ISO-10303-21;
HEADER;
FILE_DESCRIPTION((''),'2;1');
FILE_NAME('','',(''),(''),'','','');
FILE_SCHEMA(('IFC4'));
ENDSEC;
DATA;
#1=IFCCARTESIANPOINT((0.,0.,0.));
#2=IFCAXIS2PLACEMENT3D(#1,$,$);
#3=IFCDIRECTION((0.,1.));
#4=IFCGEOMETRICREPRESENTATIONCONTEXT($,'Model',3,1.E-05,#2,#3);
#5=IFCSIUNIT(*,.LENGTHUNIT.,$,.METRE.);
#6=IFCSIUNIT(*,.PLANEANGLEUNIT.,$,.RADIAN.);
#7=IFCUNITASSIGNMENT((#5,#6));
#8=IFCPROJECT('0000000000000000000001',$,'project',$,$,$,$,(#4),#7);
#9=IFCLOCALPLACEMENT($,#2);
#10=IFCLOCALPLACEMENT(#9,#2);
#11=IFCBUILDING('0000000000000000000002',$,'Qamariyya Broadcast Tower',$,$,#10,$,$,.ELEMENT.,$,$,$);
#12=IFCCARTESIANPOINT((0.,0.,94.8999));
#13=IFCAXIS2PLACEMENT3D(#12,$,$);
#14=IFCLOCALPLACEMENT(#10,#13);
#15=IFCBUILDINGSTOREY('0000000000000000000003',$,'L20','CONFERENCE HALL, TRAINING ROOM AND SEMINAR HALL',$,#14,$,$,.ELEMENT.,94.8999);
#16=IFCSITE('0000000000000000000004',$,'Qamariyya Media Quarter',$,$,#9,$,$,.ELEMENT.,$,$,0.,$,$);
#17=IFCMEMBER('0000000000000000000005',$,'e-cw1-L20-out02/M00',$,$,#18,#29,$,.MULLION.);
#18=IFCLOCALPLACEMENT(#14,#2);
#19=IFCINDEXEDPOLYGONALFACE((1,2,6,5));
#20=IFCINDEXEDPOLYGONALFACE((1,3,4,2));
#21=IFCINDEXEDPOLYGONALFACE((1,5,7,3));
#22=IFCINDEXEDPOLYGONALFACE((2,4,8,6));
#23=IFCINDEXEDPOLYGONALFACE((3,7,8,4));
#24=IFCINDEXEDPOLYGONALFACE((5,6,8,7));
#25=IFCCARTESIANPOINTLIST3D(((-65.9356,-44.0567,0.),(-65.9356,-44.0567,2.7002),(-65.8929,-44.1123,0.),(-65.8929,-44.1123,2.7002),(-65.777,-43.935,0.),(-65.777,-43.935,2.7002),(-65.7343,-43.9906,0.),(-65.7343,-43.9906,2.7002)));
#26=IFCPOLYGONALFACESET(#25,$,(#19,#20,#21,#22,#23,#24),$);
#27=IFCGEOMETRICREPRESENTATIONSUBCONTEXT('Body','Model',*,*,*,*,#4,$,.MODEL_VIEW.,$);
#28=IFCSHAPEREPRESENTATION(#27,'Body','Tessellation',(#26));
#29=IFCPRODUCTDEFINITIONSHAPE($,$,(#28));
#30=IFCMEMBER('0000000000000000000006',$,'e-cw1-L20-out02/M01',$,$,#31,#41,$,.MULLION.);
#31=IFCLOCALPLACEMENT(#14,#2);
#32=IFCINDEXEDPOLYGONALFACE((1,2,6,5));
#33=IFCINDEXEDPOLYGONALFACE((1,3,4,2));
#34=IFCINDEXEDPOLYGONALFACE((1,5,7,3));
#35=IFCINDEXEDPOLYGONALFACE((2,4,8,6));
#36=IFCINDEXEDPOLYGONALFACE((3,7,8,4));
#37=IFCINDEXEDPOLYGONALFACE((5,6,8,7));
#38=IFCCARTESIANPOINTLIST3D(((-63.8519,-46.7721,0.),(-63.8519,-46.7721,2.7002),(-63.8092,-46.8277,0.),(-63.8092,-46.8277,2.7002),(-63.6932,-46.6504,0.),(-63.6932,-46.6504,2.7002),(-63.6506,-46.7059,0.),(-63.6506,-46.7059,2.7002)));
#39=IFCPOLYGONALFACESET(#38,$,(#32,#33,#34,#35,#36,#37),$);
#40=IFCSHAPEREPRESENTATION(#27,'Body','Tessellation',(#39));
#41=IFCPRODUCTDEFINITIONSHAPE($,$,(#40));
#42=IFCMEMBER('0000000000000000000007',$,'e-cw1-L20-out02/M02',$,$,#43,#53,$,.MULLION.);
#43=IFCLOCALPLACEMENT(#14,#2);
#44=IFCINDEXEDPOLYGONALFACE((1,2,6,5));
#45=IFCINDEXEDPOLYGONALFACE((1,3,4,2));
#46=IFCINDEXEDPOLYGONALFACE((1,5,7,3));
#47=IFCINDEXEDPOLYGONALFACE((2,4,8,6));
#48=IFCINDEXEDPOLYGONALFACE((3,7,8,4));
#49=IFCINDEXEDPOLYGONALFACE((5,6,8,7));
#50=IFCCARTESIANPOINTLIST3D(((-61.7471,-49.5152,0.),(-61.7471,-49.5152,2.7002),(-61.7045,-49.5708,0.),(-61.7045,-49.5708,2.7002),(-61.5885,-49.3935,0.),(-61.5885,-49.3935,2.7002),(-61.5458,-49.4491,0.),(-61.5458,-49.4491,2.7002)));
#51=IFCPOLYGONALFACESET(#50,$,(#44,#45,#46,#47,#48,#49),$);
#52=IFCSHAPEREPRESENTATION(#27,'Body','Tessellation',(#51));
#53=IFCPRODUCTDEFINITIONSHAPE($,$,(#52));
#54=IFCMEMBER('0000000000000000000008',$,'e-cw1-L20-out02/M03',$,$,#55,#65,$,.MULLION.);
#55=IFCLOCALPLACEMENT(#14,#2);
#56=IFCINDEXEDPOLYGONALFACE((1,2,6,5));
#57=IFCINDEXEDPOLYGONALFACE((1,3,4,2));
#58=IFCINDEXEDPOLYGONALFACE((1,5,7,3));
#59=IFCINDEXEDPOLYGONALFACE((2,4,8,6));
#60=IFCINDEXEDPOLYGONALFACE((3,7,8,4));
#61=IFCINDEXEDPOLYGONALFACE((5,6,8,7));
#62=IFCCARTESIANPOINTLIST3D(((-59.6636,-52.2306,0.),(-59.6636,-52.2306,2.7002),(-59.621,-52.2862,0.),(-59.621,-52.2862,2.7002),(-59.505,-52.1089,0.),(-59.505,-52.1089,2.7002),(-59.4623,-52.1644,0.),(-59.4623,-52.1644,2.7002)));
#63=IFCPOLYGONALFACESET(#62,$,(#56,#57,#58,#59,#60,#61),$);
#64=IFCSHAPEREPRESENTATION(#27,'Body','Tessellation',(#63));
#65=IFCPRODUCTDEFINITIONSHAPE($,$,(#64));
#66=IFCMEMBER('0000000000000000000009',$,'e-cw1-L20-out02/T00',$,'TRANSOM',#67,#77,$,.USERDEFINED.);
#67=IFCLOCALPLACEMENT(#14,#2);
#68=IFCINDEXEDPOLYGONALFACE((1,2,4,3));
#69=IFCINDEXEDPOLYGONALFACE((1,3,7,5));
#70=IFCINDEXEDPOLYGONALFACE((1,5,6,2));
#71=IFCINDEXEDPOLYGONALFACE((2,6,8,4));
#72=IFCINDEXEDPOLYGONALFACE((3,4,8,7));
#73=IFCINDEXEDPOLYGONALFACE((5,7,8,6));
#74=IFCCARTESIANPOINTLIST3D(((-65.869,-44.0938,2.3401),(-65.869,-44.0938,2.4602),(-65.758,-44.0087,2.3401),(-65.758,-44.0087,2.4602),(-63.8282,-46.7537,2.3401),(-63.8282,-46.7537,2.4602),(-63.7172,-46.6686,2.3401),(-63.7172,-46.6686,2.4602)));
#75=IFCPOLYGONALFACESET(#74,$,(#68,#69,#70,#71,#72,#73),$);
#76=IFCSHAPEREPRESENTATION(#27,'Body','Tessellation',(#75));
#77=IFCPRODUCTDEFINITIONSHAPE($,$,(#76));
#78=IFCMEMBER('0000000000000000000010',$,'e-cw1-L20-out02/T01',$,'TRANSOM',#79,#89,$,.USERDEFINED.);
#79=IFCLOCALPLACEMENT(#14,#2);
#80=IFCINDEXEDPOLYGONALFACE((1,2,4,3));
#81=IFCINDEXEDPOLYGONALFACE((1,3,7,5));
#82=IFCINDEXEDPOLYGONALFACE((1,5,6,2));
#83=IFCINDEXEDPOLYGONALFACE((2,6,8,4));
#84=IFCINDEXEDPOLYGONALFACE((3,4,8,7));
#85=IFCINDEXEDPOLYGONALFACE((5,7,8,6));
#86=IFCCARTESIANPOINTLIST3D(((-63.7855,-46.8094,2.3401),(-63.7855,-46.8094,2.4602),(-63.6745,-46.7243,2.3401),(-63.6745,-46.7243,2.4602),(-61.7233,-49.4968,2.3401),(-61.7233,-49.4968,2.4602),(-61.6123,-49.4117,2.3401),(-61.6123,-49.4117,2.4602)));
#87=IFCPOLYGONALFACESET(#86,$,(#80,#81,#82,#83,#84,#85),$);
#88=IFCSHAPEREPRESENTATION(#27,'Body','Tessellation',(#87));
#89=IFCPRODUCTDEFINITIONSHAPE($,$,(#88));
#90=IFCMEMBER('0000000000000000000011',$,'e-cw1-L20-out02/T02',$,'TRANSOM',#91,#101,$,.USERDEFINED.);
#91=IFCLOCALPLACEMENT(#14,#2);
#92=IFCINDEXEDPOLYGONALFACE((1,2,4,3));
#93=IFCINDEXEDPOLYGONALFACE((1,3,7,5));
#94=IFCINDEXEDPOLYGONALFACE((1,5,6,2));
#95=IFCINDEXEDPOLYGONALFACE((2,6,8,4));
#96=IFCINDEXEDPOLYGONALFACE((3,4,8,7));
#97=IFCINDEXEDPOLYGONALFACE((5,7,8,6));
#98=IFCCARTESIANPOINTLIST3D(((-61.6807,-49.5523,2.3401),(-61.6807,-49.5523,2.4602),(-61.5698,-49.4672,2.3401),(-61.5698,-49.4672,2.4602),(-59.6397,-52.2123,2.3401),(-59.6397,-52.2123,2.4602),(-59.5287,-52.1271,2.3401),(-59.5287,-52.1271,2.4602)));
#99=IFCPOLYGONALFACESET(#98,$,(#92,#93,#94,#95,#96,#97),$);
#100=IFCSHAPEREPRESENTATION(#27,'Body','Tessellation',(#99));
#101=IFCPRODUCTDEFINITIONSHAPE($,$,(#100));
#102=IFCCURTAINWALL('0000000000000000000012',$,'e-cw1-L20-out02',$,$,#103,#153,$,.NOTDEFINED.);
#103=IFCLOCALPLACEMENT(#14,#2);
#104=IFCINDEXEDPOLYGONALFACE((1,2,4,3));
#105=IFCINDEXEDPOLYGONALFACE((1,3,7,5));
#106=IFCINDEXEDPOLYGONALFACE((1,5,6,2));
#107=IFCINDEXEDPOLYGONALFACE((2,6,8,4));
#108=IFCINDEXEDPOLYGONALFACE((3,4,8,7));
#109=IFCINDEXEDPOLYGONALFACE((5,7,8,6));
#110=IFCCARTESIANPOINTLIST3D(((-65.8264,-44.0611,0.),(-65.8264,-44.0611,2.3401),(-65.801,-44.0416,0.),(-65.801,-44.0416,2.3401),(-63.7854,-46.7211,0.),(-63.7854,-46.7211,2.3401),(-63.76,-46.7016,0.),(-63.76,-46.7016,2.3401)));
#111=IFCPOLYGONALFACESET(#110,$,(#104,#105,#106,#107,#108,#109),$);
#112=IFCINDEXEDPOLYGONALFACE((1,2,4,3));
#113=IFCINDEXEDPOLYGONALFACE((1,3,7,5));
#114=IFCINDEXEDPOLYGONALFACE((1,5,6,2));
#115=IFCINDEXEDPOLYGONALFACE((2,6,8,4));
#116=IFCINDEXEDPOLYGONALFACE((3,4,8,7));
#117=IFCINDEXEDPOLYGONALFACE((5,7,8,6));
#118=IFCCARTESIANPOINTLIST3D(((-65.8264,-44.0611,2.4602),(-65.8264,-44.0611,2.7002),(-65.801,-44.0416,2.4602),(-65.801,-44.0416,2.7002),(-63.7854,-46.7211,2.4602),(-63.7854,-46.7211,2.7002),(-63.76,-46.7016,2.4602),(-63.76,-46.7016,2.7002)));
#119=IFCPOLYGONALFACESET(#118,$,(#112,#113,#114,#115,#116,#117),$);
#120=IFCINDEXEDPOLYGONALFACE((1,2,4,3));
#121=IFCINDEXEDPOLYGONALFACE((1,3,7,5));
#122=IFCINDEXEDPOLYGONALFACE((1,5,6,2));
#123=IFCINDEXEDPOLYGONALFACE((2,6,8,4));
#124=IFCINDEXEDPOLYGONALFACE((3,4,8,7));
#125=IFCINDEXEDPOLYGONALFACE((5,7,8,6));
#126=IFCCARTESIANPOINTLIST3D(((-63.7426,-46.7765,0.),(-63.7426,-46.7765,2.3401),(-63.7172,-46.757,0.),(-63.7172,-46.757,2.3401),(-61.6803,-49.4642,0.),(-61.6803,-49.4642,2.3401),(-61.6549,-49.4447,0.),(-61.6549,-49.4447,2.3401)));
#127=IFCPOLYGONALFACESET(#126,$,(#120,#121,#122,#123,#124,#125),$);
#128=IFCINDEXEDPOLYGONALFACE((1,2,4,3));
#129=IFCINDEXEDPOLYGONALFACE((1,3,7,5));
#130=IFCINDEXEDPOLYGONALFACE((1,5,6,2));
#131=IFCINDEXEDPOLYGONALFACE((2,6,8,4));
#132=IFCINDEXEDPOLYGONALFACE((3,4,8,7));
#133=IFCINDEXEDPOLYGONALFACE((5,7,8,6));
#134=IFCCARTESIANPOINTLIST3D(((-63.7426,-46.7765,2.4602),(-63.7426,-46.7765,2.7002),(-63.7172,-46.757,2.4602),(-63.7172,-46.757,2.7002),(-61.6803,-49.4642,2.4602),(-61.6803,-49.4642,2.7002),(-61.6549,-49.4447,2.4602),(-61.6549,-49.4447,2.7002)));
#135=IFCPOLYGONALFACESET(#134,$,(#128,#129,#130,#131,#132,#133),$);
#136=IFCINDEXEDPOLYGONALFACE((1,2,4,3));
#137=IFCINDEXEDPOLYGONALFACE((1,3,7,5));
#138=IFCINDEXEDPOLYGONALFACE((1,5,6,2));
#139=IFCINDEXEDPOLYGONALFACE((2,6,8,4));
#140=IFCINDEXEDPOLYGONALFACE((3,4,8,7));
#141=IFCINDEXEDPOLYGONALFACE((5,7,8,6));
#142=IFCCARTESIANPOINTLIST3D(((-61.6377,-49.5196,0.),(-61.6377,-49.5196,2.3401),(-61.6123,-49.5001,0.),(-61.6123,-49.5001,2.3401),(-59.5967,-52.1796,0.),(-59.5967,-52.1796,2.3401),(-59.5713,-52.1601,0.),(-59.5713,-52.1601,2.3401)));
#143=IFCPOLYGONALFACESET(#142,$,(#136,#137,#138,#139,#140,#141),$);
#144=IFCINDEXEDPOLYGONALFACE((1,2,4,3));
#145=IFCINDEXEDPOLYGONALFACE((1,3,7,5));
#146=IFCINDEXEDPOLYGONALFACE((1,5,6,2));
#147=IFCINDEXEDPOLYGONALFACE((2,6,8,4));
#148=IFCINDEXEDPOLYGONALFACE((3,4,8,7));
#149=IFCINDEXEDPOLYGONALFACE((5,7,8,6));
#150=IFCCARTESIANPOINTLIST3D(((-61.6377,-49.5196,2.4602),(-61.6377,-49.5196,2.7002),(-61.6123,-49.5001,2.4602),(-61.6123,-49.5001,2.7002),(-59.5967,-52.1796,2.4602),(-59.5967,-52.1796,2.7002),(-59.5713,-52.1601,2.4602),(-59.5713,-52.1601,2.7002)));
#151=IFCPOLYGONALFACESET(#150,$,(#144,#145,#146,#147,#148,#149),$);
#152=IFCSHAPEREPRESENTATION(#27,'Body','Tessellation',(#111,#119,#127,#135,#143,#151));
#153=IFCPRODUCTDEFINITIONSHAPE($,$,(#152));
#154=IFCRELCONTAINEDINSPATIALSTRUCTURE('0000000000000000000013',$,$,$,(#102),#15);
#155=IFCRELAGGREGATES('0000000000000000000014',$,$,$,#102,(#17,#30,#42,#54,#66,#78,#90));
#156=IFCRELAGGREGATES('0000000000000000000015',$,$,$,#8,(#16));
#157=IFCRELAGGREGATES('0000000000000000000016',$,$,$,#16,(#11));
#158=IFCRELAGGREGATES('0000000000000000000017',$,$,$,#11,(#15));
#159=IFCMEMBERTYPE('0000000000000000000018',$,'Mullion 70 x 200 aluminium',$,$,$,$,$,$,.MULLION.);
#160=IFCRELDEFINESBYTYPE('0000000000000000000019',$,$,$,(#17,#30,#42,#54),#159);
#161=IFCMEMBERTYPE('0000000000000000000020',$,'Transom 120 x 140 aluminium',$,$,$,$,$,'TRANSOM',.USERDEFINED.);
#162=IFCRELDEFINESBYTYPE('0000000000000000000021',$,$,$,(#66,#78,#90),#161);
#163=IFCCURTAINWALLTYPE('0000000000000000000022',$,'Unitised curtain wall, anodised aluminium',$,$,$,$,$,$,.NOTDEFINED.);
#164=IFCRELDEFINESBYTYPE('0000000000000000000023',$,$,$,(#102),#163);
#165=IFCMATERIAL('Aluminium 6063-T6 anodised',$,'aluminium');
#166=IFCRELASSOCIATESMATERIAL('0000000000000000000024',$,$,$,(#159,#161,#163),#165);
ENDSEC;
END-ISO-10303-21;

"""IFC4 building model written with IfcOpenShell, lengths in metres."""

from ifc_helpers import new_model, si_unit, direction, frame, origin, origin_2d, place, context, subcontext, project, spatial, rectangle, extrude, material, material_profile, profile_set, type_object, element, aggregate, save


model = new_model("IFC4")

# Units and contexts
model_context = context("Model", 3, precision=1e-05, world=origin(), true_north=direction((0.0, 1.0)))
body_context = subcontext(model_context, "Body", "Model", "MODEL_VIEW")
ifc_project = project(units=[si_unit("LENGTHUNIT", "METRE"), si_unit("PLANEANGLEUNIT", "RADIAN")], contexts=[model_context])

# Members
ifc_material_1 = material(Name="Aluminium 6063-T6 anodised", Category="aluminium")
ifc_material_profile_1 = material_profile(ifc_material_1, rectangle(XDim=0.2, YDim=0.0701, at=origin_2d()))
ifc_profile_set_1 = profile_set([ifc_material_profile_1], Name="Aluminium 6063-T6 anodised")
member_type_1 = type_object("IfcMemberType", Name="Mullion 70 x 200 aluminium", PredefinedType="MULLION", material=ifc_profile_set_1)
site_placement = place(None, origin())
building_placement = place(site_placement, origin())
storey_placement = place(building_placement, frame((0.0, 0.0, 94.8999)))
member_1_placement = place(storey_placement, frame((-65.835, -44.0237, 0.0), z_axis=(0.0, 0.0, 1.0), x_axis=(0.793353, 0.608761, 0.0)))
member_1 = element("IfcMember", 1, at=member_1_placement, type_object=member_type_1, Name="e-cw1-L20-out02/M00", PredefinedType="MULLION", context=body_context, shape_type="SweptSolid", body=[
    extrude(rectangle(XDim=0.2, YDim=0.0701, at=origin_2d()), origin(), (0.0, 0.0, 1.0), 2.7002),
])
member_2_placement = place(storey_placement, frame((-63.7512, -46.739, 0.0), z_axis=(0.0, 0.0, 1.0), x_axis=(0.793353, 0.608761, 0.0)))
member_2 = element("IfcMember", 2, at=member_2_placement, type_object=member_type_1, Name="e-cw1-L20-out02/M01", PredefinedType="MULLION", context=body_context, shape_type="SweptSolid", body=[
    extrude(rectangle(XDim=0.2, YDim=0.0701, at=origin_2d()), origin(), (0.0, 0.0, 1.0), 2.7002),
])
member_3_placement = place(storey_placement, frame((-61.6465, -49.4822, 0.0), z_axis=(0.0, 0.0, 1.0), x_axis=(0.793353, 0.608761, 0.0)))
member_3 = element("IfcMember", 3, at=member_3_placement, type_object=member_type_1, Name="e-cw1-L20-out02/M02", PredefinedType="MULLION", context=body_context, shape_type="SweptSolid", body=[
    extrude(rectangle(XDim=0.2, YDim=0.0701, at=origin_2d()), origin(), (0.0, 0.0, 1.0), 2.7002),
])
member_4_placement = place(storey_placement, frame((-59.563, -52.1975, 0.0), z_axis=(0.0, 0.0, 1.0), x_axis=(0.793353, 0.608761, 0.0)))
member_4 = element("IfcMember", 4, at=member_4_placement, type_object=member_type_1, Name="e-cw1-L20-out02/M03", PredefinedType="MULLION", context=body_context, shape_type="SweptSolid", body=[
    extrude(rectangle(XDim=0.2, YDim=0.0701, at=origin_2d()), origin(), (0.0, 0.0, 1.0), 2.7002),
])
ifc_material_profile_2 = material_profile(ifc_material_1, rectangle(XDim=0.1399, YDim=0.1201, at=origin_2d()))
ifc_profile_set_2 = profile_set([ifc_material_profile_2], Name="Aluminium 6063-T6 anodised")
member_type_2 = type_object("IfcMemberType", Name="Transom 120 x 140 aluminium", ElementType="TRANSOM", PredefinedType="USERDEFINED", material=ifc_profile_set_2)
member_5_placement = place(storey_placement, frame((-65.8135, -44.0513, 2.4001), z_axis=(0.608714, -0.793389, 0.0), x_axis=(0.793389, 0.608714, 0.0)))
member_5 = element("IfcMember", 5, at=member_5_placement, type_object=member_type_2, Name="e-cw1-L20-out02/T00", ObjectType="TRANSOM", PredefinedType="USERDEFINED", context=body_context, shape_type="SweptSolid", body=[
    extrude(rectangle(XDim=0.1399, YDim=0.1201, at=origin_2d()), origin(), (0.0, 0.0, 1.0), 3.3525),
])
member_6_placement = place(storey_placement, frame((-63.73, -46.7668, 2.4001), z_axis=(0.608773, -0.793344, 0.0), x_axis=(0.793344, 0.608773, 0.0)))
member_6 = element("IfcMember", 6, at=member_6_placement, type_object=member_type_2, Name="e-cw1-L20-out02/T01", ObjectType="TRANSOM", PredefinedType="USERDEFINED", context=body_context, shape_type="SweptSolid", body=[
    extrude(rectangle(XDim=0.1399, YDim=0.1201, at=origin_2d()), origin(), (0.0, 0.0, 1.0), 3.3875),
])
member_7_placement = place(storey_placement, frame((-61.6252, -49.5098, 2.4001), z_axis=(0.60876, -0.793354, 0.0), x_axis=(0.793354, 0.60876, 0.0)))
member_7 = element("IfcMember", 7, at=member_7_placement, type_object=member_type_2, Name="e-cw1-L20-out02/T02", ObjectType="TRANSOM", PredefinedType="USERDEFINED", context=body_context, shape_type="SweptSolid", body=[
    extrude(rectangle(XDim=0.1399, YDim=0.1201, at=origin_2d()), origin(), (0.0, 0.0, 1.0), 3.3528),
])

# Site, building, storey
site = spatial("IfcSite", under=ifc_project, at=site_placement, Name="Qamariyya Media Quarter", CompositionType="ELEMENT", RefElevation=0.0)
building = spatial("IfcBuilding", under=site, at=building_placement, Name="Qamariyya Broadcast Tower", CompositionType="ELEMENT")
storey = spatial("IfcBuildingStorey", under=building, at=storey_placement, Name="L20", Description="CONFERENCE HALL, TRAINING ROOM AND SEMINAR HALL", CompositionType="ELEMENT", Elevation=94.8999)

# Curtain wall
curtain_wall_type = type_object("IfcCurtainWallType", Name="Unitised curtain wall, anodised aluminium", PredefinedType="NOTDEFINED", material=ifc_material_1)
curtain_wall_1_placement = place(storey_placement, origin())
curtain_wall_1 = element("IfcCurtainWall", 8, at=curtain_wall_1_placement, inside=storey, type_object=curtain_wall_type, Name="e-cw1-L20-out02", PredefinedType="NOTDEFINED", context=body_context, shape_type="SweptSolid", body=[
    extrude(rectangle(XDim=3.3528, YDim=0.032, at=origin_2d()), frame((-64.7932, -45.3813, 0.0), x_axis=(0.608761, -0.793354, 0.0)), (0.0, 0.0, 1.0), 2.3401),
    extrude(rectangle(XDim=3.3528, YDim=0.032, at=origin_2d()), frame((-64.7932, -45.3813, 2.4602), x_axis=(0.608761, -0.793354, 0.0)), (0.0, 0.0, 1.0), 0.24),
    extrude(rectangle(XDim=3.3877, YDim=0.032, at=origin_2d()), frame((-62.6987, -48.1106, 0.0), x_axis=(0.608761, -0.793354, 0.0)), (0.0, 0.0, 1.0), 2.3401),
    extrude(rectangle(XDim=3.3877, YDim=0.032, at=origin_2d()), frame((-62.6987, -48.1106, 2.4602), x_axis=(0.608761, -0.793354, 0.0)), (0.0, 0.0, 1.0), 0.24),
    extrude(rectangle(XDim=3.3528, YDim=0.032, at=origin_2d()), frame((-60.6045, -50.8398, 0.0), x_axis=(0.608761, -0.793354, 0.0)), (0.0, 0.0, 1.0), 2.3401),
    extrude(rectangle(XDim=3.3528, YDim=0.032, at=origin_2d()), frame((-60.6045, -50.8398, 2.4602), x_axis=(0.608761, -0.793354, 0.0)), (0.0, 0.0, 1.0), 0.24),
])
aggregate(curtain_wall_1, [member_1, member_2, member_3, member_4, member_5, member_6, member_7])

save(model, "model.ifc")
